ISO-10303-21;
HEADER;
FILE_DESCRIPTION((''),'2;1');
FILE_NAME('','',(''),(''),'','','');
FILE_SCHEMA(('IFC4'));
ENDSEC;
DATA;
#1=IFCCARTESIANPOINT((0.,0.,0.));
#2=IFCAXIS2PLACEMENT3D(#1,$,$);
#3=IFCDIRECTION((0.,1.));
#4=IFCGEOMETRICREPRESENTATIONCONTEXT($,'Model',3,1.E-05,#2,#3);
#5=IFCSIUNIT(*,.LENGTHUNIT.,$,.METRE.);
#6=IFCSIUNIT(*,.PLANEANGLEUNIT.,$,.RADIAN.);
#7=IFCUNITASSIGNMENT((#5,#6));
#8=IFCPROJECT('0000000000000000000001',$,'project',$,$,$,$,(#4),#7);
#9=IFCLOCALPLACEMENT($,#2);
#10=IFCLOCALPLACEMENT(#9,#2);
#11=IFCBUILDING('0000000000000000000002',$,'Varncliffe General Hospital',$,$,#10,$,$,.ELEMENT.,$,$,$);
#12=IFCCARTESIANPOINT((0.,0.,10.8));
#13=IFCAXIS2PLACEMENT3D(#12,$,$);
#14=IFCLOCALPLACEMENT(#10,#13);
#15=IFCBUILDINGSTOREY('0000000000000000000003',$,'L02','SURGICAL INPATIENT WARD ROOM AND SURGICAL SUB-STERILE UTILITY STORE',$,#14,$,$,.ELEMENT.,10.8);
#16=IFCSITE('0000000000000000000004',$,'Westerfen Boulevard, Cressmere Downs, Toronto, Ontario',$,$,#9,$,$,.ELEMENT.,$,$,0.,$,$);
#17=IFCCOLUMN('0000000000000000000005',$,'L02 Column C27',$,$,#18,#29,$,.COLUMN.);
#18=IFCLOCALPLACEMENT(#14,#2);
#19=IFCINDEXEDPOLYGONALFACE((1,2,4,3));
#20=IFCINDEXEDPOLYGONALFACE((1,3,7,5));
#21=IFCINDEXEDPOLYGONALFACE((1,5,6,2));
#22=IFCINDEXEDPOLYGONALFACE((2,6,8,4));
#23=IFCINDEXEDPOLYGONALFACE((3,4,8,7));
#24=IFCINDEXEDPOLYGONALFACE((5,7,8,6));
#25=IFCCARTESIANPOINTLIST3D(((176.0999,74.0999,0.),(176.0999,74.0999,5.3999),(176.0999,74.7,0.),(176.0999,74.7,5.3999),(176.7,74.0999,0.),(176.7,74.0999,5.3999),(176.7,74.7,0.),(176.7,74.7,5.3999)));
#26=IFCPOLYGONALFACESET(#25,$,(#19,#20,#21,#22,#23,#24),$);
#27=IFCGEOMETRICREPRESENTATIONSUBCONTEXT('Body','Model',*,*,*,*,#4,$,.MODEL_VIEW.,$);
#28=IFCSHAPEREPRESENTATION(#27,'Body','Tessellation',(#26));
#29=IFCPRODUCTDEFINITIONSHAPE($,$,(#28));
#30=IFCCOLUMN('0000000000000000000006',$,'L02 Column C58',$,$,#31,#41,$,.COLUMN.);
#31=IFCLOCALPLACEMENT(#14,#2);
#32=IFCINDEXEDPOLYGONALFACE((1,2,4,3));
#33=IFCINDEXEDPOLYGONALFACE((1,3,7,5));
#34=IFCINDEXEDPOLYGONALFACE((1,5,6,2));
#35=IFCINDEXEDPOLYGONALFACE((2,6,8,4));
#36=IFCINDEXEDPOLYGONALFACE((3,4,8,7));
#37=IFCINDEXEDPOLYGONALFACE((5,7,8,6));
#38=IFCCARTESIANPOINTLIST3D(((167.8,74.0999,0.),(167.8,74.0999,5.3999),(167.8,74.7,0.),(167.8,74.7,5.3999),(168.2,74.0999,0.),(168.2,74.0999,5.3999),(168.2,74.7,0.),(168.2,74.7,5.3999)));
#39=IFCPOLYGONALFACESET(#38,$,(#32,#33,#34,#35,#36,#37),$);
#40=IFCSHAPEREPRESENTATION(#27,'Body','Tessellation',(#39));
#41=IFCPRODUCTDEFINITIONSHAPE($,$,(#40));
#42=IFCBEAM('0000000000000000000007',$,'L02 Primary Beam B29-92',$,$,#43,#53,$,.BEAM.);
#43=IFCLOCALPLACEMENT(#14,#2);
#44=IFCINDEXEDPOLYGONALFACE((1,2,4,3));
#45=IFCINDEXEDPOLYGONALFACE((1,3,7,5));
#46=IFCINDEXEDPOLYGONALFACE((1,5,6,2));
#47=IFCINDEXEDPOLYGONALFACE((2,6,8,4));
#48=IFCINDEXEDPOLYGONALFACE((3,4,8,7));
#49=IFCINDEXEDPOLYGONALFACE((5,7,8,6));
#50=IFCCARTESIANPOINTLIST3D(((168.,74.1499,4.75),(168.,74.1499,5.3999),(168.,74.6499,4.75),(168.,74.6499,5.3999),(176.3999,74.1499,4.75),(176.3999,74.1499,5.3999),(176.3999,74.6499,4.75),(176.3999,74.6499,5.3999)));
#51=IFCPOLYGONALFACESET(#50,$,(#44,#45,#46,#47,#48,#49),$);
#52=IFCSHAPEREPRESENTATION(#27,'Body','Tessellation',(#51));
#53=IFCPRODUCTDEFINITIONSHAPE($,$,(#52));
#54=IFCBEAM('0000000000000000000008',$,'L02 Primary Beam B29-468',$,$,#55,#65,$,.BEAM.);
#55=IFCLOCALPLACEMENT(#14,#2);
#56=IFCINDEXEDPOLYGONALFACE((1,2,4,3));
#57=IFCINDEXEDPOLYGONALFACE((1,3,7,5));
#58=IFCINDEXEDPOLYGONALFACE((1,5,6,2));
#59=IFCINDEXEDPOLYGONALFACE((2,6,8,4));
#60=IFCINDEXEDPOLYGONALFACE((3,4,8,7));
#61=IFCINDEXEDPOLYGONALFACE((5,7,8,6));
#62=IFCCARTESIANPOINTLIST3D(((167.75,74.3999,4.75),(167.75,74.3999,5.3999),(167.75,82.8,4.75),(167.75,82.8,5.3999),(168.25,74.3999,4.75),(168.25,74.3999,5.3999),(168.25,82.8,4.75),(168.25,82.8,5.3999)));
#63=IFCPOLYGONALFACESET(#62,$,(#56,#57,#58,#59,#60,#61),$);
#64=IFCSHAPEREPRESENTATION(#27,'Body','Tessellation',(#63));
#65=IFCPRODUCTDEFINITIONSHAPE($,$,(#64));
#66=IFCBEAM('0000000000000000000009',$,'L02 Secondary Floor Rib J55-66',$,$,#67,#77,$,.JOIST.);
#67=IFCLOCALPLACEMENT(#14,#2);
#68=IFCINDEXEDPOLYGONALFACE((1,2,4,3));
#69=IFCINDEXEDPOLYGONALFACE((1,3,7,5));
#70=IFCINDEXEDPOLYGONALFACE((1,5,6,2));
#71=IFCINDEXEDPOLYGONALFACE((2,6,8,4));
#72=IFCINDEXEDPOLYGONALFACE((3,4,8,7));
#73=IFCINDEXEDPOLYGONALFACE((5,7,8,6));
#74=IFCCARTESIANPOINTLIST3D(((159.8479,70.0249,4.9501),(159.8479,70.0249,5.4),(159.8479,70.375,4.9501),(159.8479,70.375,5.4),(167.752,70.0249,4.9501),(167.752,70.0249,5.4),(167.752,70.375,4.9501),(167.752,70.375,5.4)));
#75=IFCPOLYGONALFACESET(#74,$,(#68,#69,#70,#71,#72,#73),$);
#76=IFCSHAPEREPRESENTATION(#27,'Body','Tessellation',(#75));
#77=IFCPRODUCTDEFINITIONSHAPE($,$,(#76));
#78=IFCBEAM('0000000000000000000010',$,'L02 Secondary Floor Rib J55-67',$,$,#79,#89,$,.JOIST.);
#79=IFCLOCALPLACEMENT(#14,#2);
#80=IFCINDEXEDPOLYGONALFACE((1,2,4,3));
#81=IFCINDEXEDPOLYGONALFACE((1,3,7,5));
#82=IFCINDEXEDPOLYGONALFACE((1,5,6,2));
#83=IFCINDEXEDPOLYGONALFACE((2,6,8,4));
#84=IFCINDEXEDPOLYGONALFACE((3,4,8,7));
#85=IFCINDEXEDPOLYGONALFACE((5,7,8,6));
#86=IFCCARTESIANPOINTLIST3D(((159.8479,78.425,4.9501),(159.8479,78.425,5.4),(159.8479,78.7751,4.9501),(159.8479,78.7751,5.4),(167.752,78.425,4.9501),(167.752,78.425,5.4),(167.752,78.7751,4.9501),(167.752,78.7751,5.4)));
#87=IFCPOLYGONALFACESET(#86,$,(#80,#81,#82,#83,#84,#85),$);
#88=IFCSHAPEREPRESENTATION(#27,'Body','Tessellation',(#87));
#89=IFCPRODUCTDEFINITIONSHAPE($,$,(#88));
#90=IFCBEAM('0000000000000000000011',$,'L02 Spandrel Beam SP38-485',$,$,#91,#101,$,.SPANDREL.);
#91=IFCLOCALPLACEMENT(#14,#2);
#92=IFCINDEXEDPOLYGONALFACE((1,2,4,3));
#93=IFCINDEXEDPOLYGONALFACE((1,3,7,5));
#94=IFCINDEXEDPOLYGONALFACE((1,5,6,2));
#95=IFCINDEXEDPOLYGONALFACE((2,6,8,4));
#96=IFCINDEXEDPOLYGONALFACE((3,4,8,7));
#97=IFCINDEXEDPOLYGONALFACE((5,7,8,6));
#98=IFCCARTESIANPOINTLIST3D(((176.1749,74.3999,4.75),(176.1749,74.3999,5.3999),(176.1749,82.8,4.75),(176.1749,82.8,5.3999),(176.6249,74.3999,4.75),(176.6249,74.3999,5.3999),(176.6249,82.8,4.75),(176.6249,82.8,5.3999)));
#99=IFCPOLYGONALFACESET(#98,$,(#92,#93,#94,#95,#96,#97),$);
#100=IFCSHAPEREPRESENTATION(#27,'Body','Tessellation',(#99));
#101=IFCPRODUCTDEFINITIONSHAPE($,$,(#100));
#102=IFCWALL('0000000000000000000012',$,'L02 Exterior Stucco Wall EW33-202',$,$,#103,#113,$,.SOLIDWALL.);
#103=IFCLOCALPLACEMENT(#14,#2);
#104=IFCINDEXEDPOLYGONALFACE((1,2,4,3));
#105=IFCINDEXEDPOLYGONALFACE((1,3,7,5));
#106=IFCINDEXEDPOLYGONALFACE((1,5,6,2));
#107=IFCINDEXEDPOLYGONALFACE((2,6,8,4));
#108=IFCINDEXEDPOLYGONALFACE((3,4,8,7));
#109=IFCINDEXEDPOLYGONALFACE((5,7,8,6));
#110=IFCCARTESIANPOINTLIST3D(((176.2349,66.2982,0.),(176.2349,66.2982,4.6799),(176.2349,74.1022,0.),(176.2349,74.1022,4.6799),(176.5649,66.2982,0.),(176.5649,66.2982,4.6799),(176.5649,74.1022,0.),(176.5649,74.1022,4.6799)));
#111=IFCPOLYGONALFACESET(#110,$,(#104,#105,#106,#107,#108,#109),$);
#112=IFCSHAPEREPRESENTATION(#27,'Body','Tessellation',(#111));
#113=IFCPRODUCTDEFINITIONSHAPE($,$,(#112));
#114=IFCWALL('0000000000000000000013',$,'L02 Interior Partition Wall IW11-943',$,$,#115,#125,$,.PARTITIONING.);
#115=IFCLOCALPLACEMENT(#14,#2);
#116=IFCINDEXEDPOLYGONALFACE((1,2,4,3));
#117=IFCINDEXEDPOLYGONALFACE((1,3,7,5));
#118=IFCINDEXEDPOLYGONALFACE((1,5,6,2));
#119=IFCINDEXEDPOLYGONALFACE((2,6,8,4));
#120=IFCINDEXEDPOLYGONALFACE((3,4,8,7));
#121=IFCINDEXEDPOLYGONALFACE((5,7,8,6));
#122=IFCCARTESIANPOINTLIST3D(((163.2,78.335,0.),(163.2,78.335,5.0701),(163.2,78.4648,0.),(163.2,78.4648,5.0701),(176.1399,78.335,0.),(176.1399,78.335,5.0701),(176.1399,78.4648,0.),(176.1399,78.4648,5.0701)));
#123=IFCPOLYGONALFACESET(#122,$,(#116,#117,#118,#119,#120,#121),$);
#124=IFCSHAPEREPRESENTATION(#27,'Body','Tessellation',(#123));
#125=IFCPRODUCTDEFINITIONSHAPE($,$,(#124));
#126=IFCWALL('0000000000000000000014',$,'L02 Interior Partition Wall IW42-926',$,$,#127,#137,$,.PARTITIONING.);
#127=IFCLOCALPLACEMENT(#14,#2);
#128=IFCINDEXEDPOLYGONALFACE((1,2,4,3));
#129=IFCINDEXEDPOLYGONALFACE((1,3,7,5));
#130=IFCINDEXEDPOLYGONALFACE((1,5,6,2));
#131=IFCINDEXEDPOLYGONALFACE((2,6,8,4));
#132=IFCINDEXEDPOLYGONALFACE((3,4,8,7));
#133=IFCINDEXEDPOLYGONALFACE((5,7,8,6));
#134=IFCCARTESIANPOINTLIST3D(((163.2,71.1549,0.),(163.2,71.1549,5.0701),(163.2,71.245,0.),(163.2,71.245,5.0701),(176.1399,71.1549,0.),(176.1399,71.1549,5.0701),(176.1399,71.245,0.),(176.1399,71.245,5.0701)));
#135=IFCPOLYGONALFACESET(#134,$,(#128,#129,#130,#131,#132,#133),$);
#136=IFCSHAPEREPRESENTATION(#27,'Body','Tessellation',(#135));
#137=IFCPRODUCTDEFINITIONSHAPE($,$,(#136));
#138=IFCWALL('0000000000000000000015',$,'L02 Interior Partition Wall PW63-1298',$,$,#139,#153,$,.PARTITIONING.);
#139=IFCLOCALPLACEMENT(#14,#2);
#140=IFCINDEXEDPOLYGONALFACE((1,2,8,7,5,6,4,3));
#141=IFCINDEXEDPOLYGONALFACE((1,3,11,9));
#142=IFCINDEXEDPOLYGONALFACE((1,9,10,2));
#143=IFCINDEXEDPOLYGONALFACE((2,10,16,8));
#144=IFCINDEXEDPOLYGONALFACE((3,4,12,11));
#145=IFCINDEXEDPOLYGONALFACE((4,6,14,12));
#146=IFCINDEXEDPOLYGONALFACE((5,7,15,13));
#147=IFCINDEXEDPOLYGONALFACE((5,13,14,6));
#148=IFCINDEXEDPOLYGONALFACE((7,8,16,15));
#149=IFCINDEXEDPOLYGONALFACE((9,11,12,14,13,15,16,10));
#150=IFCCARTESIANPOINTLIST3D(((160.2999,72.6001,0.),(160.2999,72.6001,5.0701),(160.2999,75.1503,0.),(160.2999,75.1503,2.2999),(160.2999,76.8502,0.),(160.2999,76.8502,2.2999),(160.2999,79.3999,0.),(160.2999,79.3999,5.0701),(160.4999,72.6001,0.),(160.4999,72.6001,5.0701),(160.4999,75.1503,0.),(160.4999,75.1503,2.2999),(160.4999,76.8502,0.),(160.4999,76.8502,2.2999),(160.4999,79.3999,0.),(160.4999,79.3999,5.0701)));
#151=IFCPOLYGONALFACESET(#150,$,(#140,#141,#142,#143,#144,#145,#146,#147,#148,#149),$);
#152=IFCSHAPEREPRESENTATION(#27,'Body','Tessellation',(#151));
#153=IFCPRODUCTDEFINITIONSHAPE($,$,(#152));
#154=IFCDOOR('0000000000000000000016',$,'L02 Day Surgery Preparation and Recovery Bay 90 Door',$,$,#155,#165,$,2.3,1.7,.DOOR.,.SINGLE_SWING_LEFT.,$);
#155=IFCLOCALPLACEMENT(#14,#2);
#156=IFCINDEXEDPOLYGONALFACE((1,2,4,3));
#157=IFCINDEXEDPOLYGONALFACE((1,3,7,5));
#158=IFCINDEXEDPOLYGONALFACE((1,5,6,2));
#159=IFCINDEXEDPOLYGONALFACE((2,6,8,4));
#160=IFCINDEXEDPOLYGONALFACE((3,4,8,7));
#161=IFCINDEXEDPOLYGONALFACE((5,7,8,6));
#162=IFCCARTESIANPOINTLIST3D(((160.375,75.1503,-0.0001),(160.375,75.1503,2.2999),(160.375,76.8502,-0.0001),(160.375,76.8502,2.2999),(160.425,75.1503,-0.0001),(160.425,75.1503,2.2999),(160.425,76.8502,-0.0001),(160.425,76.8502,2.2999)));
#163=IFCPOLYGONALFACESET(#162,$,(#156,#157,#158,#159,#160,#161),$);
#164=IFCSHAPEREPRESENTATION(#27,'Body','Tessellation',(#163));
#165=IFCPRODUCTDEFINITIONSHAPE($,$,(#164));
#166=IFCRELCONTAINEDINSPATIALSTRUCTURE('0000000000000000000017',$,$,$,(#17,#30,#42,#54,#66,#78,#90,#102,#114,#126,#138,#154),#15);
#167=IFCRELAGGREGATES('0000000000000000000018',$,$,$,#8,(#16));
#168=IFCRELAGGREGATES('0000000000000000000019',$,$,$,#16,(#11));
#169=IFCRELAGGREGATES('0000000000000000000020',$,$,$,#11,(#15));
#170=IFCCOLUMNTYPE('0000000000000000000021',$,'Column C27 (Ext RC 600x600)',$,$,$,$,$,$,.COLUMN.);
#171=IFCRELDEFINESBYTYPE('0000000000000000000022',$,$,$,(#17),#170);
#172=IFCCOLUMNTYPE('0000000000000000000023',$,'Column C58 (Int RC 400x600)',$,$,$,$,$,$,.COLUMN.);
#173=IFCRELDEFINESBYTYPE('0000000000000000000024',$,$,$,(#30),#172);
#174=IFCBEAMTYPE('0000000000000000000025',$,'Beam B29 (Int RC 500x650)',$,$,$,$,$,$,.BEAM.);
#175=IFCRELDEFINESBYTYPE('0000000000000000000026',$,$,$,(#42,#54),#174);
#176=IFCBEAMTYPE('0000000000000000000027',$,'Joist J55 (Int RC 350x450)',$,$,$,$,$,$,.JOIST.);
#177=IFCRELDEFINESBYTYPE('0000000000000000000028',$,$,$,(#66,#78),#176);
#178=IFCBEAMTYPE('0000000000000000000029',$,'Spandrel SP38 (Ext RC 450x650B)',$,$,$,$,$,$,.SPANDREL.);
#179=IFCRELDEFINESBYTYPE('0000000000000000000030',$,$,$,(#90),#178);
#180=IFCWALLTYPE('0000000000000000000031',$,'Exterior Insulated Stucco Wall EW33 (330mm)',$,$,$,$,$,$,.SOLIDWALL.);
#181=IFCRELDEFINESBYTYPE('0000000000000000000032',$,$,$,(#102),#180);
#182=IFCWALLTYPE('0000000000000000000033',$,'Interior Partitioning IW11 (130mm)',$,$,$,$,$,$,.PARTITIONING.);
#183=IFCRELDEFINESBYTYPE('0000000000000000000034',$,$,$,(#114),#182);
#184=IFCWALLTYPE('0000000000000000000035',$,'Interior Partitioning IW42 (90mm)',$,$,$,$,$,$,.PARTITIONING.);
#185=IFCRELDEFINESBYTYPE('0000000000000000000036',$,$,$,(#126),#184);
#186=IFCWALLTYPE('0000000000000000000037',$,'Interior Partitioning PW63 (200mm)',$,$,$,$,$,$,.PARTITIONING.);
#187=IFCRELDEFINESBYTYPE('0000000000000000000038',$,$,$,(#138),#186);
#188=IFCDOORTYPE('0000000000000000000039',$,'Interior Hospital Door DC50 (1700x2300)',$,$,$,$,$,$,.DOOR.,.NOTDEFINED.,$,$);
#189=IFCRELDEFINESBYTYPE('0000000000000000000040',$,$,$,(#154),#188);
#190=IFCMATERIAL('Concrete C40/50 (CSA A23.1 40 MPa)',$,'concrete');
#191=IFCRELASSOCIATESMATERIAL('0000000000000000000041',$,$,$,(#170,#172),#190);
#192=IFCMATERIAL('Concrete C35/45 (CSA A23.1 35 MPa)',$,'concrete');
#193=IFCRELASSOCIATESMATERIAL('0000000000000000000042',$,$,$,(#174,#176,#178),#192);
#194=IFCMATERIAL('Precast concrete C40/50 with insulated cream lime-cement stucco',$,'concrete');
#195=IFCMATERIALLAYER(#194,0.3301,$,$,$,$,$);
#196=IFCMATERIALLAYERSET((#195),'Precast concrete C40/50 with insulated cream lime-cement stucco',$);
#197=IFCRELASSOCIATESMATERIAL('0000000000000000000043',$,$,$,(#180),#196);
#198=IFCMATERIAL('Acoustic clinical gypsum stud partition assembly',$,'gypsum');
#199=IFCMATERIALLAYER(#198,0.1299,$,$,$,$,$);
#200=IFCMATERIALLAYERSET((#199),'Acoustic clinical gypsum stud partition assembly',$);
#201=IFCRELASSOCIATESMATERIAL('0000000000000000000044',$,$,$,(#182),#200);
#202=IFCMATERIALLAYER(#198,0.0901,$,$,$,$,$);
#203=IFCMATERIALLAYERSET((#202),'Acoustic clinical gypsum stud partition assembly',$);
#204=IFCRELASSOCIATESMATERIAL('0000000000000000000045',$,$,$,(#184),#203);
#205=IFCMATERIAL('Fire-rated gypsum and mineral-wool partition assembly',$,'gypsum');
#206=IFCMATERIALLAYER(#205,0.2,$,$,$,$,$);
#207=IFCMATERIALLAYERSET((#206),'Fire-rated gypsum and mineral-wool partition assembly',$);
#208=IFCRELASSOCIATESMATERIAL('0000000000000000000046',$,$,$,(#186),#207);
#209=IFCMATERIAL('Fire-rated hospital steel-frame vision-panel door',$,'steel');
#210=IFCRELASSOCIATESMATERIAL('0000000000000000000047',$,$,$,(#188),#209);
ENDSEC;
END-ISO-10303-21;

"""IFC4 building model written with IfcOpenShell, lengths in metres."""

from ifc_helpers import new_model, si_unit, direction, frame, frame_2d, origin, origin_2d, place, context, subcontext, project, spatial, rectangle, extrude, material, layer, layer_set, material_profile, profile_set, type_object, element, fill, save


model = new_model("IFC4")

# Units and contexts
model_context = context("Model", 3, precision=1e-05, world=origin(), true_north=direction((0.0, 1.0)))
body_context = subcontext(model_context, "Body", "Model", "MODEL_VIEW")
ifc_project = project(units=[si_unit("LENGTHUNIT", "METRE"), si_unit("PLANEANGLEUNIT", "RADIAN")], contexts=[model_context])

# Site, building, storey
site_placement = place(None, origin())
site = spatial("IfcSite", under=ifc_project, at=site_placement, Name="Westerfen Boulevard, Cressmere Downs, Toronto, Ontario", CompositionType="ELEMENT", RefElevation=0.0)
building_placement = place(site_placement, origin())
building = spatial("IfcBuilding", under=site, at=building_placement, Name="Varncliffe General Hospital", CompositionType="ELEMENT")
storey_placement = place(building_placement, frame((0.0, 0.0, 10.8)))
storey = spatial("IfcBuildingStorey", under=building, at=storey_placement, Name="L02", Description="SURGICAL INPATIENT WARD ROOM AND SURGICAL SUB-STERILE UTILITY STORE", CompositionType="ELEMENT", Elevation=10.8)

# Columns
ifc_material_1 = material(Name="Concrete C40/50 (CSA A23.1 40 MPa)", Category="concrete")
ifc_material_profile_1 = material_profile(ifc_material_1, rectangle(XDim=0.6001, YDim=0.6001, at=origin_2d()), Name="RC 600x600")
ifc_profile_set_1 = profile_set([ifc_material_profile_1], Name="Concrete C40/50 (CSA A23.1 40 MPa)")
column_type_1 = type_object("IfcColumnType", Name="Column C27 (Ext RC 600x600)", PredefinedType="COLUMN", material=ifc_profile_set_1)
column_1_placement = place(storey_placement, frame((176.3999, 74.3999, 0.0), z_axis=(0.0, 0.0, 1.0), x_axis=(1.0, 0.0, 0.0)))
element("IfcColumn", 1, at=column_1_placement, inside=storey, type_object=column_type_1, Name="L02 Column C27", PredefinedType="COLUMN", context=body_context, shape_type="SweptSolid", body=[
    extrude(rectangle(XDim=0.6001, YDim=0.6001, at=origin_2d()), origin(), (0.0, 0.0, 1.0), 5.3999),
])
ifc_material_profile_2 = material_profile(ifc_material_1, rectangle(XDim=0.3999, YDim=0.6001, at=origin_2d()), Name="RC 400x600")
ifc_profile_set_2 = profile_set([ifc_material_profile_2], Name="Concrete C40/50 (CSA A23.1 40 MPa)")
column_type_2 = type_object("IfcColumnType", Name="Column C58 (Int RC 400x600)", PredefinedType="COLUMN", material=ifc_profile_set_2)
column_2_placement = place(storey_placement, frame((168.0, 74.3999, 0.0), z_axis=(0.0, 0.0, 1.0), x_axis=(1.0, 0.0, 0.0)))
element("IfcColumn", 2, at=column_2_placement, inside=storey, type_object=column_type_2, Name="L02 Column C58", PredefinedType="COLUMN", context=body_context, shape_type="SweptSolid", body=[
    extrude(rectangle(XDim=0.3999, YDim=0.6001, at=origin_2d()), origin(), (0.0, 0.0, 1.0), 5.3999),
])

# Beams
ifc_material_2 = material(Name="Concrete C35/45 (CSA A23.1 35 MPa)", Category="concrete")
ifc_material_profile_3 = material_profile(ifc_material_2, rectangle(XDim=0.5, YDim=0.6499, at=origin_2d()), Name="RC 500x650")
ifc_profile_set_3 = profile_set([ifc_material_profile_3], Name="Concrete C35/45 (CSA A23.1 35 MPa)")
beam_type_1 = type_object("IfcBeamType", Name="Beam B29 (Int RC 500x650)", PredefinedType="BEAM", material=ifc_profile_set_3)
beam_1_placement = place(storey_placement, frame((168.0, 74.3999, 5.075), z_axis=(1.0, 0.0, 0.0), x_axis=(0.0, 1.0, 0.0)))
element("IfcBeam", 3, at=beam_1_placement, inside=storey, type_object=beam_type_1, Name="L02 Primary Beam B29-92", PredefinedType="BEAM", context=body_context, shape_type="SweptSolid", body=[
    extrude(rectangle(XDim=0.5, YDim=0.6499, at=origin_2d()), origin(), (0.0, 0.0, 1.0), 8.3999),
])
beam_2_placement = place(storey_placement, frame((168.0, 74.3999, 5.075), z_axis=(0.0, 1.0, 0.0), x_axis=(-1.0, 0.0, 0.0)))
element("IfcBeam", 4, at=beam_2_placement, inside=storey, type_object=beam_type_1, Name="L02 Primary Beam B29-468", PredefinedType="BEAM", context=body_context, shape_type="SweptSolid", body=[
    extrude(rectangle(XDim=0.5, YDim=0.6499, at=origin_2d()), origin(), (0.0, 0.0, 1.0), 8.4001),
])
ifc_material_profile_4 = material_profile(ifc_material_2, rectangle(XDim=0.3501, YDim=0.45, at=origin_2d()), Name="RC 350x450")
ifc_profile_set_4 = profile_set([ifc_material_profile_4], Name="Concrete C35/45 (CSA A23.1 35 MPa)")
beam_type_2 = type_object("IfcBeamType", Name="Joist J55 (Int RC 350x450)", PredefinedType="JOIST", material=ifc_profile_set_4)
for number, where, z_axis, x_axis, name in (
    (5, (159.8479, 70.2, 5.175), (1.0, 0.0, 0.0), (0.0, 1.0, 0.0), "L02 Secondary Floor Rib J55-66"),
    (6, (159.8479, 78.6001, 5.175), (1.0, 0.0, 0.0), (0.0, 1.0, 0.0), "L02 Secondary Floor Rib J55-67"),
):
    element("IfcBeam", number, at=place(storey_placement, frame(where, z_axis=z_axis, x_axis=x_axis)), inside=storey, type_object=beam_type_2, Name=name, PredefinedType="JOIST", context=body_context, shape_type="SweptSolid", body=[
        extrude(rectangle(XDim=0.3501, YDim=0.45, at=origin_2d()), origin(), (0.0, 0.0, 1.0), 7.9041),
    ])
ifc_material_profile_5 = material_profile(ifc_material_2, rectangle(XDim=0.45, YDim=0.6499, at=origin_2d()), Name="RC 450x650")
ifc_profile_set_5 = profile_set([ifc_material_profile_5], Name="Concrete C35/45 (CSA A23.1 35 MPa)")
beam_type_3 = type_object("IfcBeamType", Name="Spandrel SP38 (Ext RC 450x650B)", PredefinedType="SPANDREL", material=ifc_profile_set_5)
beam_3_placement = place(storey_placement, frame((176.3999, 74.3999, 5.075), z_axis=(0.0, 1.0, 0.0), x_axis=(-1.0, 0.0, 0.0)))
element("IfcBeam", 7, at=beam_3_placement, inside=storey, type_object=beam_type_3, Name="L02 Spandrel Beam SP38-485", PredefinedType="SPANDREL", context=body_context, shape_type="SweptSolid", body=[
    extrude(rectangle(XDim=0.45, YDim=0.6499, at=origin_2d()), origin(), (0.0, 0.0, 1.0), 8.4001),
])

# Walls
ifc_material_3 = material(Name="Precast concrete C40/50 with insulated cream lime-cement stucco", Category="concrete")
ifc_layer_1 = layer(ifc_material_3, 0.3301)
ifc_layer_set_1 = layer_set([ifc_layer_1], Name="Precast concrete C40/50 with insulated cream lime-cement stucco")
wall_type_1 = type_object("IfcWallType", Name="Exterior Insulated Stucco Wall EW33 (330mm)", PredefinedType="SOLIDWALL", material=ifc_layer_set_1)
wall_1_placement = place(storey_placement, frame((176.3999, 74.1021, 0.0), z_axis=(0.0, 0.0, 1.0), x_axis=(0.0, -1.0, 0.0)))
element("IfcWall", 8, at=wall_1_placement, inside=storey, type_object=wall_type_1, Name="L02 Exterior Stucco Wall EW33-202", PredefinedType="SOLIDWALL", context=body_context, shape_type="SweptSolid", body=[
    extrude(rectangle(XDim=7.804, YDim=0.3301, at=frame_2d((3.9019, 0.0))), origin(), (0.0, 0.0, 1.0), 4.6799),
])
ifc_material_4 = material(Name="Acoustic clinical gypsum stud partition assembly", Category="gypsum")
ifc_layer_2 = layer(ifc_material_4, 0.1299)
ifc_layer_set_2 = layer_set([ifc_layer_2], Name="Acoustic clinical gypsum stud partition assembly")
wall_type_2 = type_object("IfcWallType", Name="Interior Partitioning IW11 (130mm)", PredefinedType="PARTITIONING", material=ifc_layer_set_2)
wall_2_placement = place(storey_placement, frame((163.2, 78.3999, 0.0), z_axis=(0.0, 0.0, 1.0), x_axis=(1.0, 0.0, 0.0)))
element("IfcWall", 9, at=wall_2_placement, inside=storey, type_object=wall_type_2, Name="L02 Interior Partition Wall IW11-943", PredefinedType="PARTITIONING", context=body_context, shape_type="SweptSolid", body=[
    extrude(rectangle(XDim=12.9399, YDim=0.1299, at=frame_2d((6.47, 0.0))), origin(), (0.0, 0.0, 1.0), 5.0701),
])
ifc_layer_3 = layer(ifc_material_4, 0.0901)
ifc_layer_set_3 = layer_set([ifc_layer_3], Name="Acoustic clinical gypsum stud partition assembly")
wall_type_3 = type_object("IfcWallType", Name="Interior Partitioning IW42 (90mm)", PredefinedType="PARTITIONING", material=ifc_layer_set_3)
wall_3_placement = place(storey_placement, frame((163.2, 71.2, 0.0), z_axis=(0.0, 0.0, 1.0), x_axis=(1.0, 0.0, 0.0)))
element("IfcWall", 10, at=wall_3_placement, inside=storey, type_object=wall_type_3, Name="L02 Interior Partition Wall IW42-926", PredefinedType="PARTITIONING", context=body_context, shape_type="SweptSolid", body=[
    extrude(rectangle(XDim=12.9399, YDim=0.0901, at=frame_2d((6.47, 0.0))), origin(), (0.0, 0.0, 1.0), 5.0701),
])

# Wall, opening, door
ifc_material_5 = material(Name="Fire-rated gypsum and mineral-wool partition assembly", Category="gypsum")
ifc_layer_4 = layer(ifc_material_5, 0.2)
ifc_layer_set_4 = layer_set([ifc_layer_4], Name="Fire-rated gypsum and mineral-wool partition assembly")
wall_type_4 = type_object("IfcWallType", Name="Interior Partitioning PW63 (200mm)", PredefinedType="PARTITIONING", material=ifc_layer_set_4)
wall_4_placement = place(storey_placement, frame((160.3999, 72.6001, 0.0), z_axis=(0.0, 0.0, 1.0), x_axis=(0.0, 1.0, 0.0)))
wall_4 = element("IfcWall", 11, at=wall_4_placement, inside=storey, type_object=wall_type_4, Name="L02 Interior Partition Wall PW63-1298", PredefinedType="PARTITIONING", context=body_context, shape_type="SweptSolid", body=[
    extrude(rectangle(XDim=6.7998, YDim=0.2, at=frame_2d((3.3999, 0.0))), origin(), (0.0, 0.0, 1.0), 5.0701),
])
opening_1_placement = place(wall_4_placement, frame((2.55, 0.0, 0.0)))
opening_1 = element("IfcOpeningElement", 12, at=opening_1_placement, cuts=wall_4, PredefinedType="OPENING", context=body_context, shape_type="SweptSolid", body=[
    extrude(rectangle(XDim=1.7, YDim=2.3, at=frame_2d((0.8501, 1.1499))), frame((0.0, 0.1099, 0.0), z_axis=(0.0, -1.0, 0.0), x_axis=(1.0, 0.0, 0.0)), (0.0, 0.0, 1.0), 0.22),
])
ifc_material_6 = material(Name="Fire-rated hospital steel-frame vision-panel door", Category="steel")
door_type_1 = type_object("IfcDoorType", Name="Interior Hospital Door DC50 (1700x2300)", OperationType="NOTDEFINED", PredefinedType="DOOR", material=ifc_material_6)
door_1_placement = place(opening_1_placement, origin())
door_1 = element("IfcDoor", 13, at=door_1_placement, inside=storey, type_object=door_type_1, Name="L02 Day Surgery Preparation and Recovery Bay 90 Door", OperationType="SINGLE_SWING_LEFT", OverallHeight=2.3, OverallWidth=1.7, PredefinedType="DOOR", context=body_context, shape_type="SweptSolid", body=[
    extrude(rectangle(XDim=1.7, YDim=2.3, at=frame_2d((0.8501, 1.1499))), frame((0.0, 0.0249, 0.0), z_axis=(0.0, -1.0, 0.0), x_axis=(1.0, 0.0, 0.0)), (0.0, 0.0, 1.0), 0.05),
])
fill(opening_1, door_1)

save(model, "model.ifc")
